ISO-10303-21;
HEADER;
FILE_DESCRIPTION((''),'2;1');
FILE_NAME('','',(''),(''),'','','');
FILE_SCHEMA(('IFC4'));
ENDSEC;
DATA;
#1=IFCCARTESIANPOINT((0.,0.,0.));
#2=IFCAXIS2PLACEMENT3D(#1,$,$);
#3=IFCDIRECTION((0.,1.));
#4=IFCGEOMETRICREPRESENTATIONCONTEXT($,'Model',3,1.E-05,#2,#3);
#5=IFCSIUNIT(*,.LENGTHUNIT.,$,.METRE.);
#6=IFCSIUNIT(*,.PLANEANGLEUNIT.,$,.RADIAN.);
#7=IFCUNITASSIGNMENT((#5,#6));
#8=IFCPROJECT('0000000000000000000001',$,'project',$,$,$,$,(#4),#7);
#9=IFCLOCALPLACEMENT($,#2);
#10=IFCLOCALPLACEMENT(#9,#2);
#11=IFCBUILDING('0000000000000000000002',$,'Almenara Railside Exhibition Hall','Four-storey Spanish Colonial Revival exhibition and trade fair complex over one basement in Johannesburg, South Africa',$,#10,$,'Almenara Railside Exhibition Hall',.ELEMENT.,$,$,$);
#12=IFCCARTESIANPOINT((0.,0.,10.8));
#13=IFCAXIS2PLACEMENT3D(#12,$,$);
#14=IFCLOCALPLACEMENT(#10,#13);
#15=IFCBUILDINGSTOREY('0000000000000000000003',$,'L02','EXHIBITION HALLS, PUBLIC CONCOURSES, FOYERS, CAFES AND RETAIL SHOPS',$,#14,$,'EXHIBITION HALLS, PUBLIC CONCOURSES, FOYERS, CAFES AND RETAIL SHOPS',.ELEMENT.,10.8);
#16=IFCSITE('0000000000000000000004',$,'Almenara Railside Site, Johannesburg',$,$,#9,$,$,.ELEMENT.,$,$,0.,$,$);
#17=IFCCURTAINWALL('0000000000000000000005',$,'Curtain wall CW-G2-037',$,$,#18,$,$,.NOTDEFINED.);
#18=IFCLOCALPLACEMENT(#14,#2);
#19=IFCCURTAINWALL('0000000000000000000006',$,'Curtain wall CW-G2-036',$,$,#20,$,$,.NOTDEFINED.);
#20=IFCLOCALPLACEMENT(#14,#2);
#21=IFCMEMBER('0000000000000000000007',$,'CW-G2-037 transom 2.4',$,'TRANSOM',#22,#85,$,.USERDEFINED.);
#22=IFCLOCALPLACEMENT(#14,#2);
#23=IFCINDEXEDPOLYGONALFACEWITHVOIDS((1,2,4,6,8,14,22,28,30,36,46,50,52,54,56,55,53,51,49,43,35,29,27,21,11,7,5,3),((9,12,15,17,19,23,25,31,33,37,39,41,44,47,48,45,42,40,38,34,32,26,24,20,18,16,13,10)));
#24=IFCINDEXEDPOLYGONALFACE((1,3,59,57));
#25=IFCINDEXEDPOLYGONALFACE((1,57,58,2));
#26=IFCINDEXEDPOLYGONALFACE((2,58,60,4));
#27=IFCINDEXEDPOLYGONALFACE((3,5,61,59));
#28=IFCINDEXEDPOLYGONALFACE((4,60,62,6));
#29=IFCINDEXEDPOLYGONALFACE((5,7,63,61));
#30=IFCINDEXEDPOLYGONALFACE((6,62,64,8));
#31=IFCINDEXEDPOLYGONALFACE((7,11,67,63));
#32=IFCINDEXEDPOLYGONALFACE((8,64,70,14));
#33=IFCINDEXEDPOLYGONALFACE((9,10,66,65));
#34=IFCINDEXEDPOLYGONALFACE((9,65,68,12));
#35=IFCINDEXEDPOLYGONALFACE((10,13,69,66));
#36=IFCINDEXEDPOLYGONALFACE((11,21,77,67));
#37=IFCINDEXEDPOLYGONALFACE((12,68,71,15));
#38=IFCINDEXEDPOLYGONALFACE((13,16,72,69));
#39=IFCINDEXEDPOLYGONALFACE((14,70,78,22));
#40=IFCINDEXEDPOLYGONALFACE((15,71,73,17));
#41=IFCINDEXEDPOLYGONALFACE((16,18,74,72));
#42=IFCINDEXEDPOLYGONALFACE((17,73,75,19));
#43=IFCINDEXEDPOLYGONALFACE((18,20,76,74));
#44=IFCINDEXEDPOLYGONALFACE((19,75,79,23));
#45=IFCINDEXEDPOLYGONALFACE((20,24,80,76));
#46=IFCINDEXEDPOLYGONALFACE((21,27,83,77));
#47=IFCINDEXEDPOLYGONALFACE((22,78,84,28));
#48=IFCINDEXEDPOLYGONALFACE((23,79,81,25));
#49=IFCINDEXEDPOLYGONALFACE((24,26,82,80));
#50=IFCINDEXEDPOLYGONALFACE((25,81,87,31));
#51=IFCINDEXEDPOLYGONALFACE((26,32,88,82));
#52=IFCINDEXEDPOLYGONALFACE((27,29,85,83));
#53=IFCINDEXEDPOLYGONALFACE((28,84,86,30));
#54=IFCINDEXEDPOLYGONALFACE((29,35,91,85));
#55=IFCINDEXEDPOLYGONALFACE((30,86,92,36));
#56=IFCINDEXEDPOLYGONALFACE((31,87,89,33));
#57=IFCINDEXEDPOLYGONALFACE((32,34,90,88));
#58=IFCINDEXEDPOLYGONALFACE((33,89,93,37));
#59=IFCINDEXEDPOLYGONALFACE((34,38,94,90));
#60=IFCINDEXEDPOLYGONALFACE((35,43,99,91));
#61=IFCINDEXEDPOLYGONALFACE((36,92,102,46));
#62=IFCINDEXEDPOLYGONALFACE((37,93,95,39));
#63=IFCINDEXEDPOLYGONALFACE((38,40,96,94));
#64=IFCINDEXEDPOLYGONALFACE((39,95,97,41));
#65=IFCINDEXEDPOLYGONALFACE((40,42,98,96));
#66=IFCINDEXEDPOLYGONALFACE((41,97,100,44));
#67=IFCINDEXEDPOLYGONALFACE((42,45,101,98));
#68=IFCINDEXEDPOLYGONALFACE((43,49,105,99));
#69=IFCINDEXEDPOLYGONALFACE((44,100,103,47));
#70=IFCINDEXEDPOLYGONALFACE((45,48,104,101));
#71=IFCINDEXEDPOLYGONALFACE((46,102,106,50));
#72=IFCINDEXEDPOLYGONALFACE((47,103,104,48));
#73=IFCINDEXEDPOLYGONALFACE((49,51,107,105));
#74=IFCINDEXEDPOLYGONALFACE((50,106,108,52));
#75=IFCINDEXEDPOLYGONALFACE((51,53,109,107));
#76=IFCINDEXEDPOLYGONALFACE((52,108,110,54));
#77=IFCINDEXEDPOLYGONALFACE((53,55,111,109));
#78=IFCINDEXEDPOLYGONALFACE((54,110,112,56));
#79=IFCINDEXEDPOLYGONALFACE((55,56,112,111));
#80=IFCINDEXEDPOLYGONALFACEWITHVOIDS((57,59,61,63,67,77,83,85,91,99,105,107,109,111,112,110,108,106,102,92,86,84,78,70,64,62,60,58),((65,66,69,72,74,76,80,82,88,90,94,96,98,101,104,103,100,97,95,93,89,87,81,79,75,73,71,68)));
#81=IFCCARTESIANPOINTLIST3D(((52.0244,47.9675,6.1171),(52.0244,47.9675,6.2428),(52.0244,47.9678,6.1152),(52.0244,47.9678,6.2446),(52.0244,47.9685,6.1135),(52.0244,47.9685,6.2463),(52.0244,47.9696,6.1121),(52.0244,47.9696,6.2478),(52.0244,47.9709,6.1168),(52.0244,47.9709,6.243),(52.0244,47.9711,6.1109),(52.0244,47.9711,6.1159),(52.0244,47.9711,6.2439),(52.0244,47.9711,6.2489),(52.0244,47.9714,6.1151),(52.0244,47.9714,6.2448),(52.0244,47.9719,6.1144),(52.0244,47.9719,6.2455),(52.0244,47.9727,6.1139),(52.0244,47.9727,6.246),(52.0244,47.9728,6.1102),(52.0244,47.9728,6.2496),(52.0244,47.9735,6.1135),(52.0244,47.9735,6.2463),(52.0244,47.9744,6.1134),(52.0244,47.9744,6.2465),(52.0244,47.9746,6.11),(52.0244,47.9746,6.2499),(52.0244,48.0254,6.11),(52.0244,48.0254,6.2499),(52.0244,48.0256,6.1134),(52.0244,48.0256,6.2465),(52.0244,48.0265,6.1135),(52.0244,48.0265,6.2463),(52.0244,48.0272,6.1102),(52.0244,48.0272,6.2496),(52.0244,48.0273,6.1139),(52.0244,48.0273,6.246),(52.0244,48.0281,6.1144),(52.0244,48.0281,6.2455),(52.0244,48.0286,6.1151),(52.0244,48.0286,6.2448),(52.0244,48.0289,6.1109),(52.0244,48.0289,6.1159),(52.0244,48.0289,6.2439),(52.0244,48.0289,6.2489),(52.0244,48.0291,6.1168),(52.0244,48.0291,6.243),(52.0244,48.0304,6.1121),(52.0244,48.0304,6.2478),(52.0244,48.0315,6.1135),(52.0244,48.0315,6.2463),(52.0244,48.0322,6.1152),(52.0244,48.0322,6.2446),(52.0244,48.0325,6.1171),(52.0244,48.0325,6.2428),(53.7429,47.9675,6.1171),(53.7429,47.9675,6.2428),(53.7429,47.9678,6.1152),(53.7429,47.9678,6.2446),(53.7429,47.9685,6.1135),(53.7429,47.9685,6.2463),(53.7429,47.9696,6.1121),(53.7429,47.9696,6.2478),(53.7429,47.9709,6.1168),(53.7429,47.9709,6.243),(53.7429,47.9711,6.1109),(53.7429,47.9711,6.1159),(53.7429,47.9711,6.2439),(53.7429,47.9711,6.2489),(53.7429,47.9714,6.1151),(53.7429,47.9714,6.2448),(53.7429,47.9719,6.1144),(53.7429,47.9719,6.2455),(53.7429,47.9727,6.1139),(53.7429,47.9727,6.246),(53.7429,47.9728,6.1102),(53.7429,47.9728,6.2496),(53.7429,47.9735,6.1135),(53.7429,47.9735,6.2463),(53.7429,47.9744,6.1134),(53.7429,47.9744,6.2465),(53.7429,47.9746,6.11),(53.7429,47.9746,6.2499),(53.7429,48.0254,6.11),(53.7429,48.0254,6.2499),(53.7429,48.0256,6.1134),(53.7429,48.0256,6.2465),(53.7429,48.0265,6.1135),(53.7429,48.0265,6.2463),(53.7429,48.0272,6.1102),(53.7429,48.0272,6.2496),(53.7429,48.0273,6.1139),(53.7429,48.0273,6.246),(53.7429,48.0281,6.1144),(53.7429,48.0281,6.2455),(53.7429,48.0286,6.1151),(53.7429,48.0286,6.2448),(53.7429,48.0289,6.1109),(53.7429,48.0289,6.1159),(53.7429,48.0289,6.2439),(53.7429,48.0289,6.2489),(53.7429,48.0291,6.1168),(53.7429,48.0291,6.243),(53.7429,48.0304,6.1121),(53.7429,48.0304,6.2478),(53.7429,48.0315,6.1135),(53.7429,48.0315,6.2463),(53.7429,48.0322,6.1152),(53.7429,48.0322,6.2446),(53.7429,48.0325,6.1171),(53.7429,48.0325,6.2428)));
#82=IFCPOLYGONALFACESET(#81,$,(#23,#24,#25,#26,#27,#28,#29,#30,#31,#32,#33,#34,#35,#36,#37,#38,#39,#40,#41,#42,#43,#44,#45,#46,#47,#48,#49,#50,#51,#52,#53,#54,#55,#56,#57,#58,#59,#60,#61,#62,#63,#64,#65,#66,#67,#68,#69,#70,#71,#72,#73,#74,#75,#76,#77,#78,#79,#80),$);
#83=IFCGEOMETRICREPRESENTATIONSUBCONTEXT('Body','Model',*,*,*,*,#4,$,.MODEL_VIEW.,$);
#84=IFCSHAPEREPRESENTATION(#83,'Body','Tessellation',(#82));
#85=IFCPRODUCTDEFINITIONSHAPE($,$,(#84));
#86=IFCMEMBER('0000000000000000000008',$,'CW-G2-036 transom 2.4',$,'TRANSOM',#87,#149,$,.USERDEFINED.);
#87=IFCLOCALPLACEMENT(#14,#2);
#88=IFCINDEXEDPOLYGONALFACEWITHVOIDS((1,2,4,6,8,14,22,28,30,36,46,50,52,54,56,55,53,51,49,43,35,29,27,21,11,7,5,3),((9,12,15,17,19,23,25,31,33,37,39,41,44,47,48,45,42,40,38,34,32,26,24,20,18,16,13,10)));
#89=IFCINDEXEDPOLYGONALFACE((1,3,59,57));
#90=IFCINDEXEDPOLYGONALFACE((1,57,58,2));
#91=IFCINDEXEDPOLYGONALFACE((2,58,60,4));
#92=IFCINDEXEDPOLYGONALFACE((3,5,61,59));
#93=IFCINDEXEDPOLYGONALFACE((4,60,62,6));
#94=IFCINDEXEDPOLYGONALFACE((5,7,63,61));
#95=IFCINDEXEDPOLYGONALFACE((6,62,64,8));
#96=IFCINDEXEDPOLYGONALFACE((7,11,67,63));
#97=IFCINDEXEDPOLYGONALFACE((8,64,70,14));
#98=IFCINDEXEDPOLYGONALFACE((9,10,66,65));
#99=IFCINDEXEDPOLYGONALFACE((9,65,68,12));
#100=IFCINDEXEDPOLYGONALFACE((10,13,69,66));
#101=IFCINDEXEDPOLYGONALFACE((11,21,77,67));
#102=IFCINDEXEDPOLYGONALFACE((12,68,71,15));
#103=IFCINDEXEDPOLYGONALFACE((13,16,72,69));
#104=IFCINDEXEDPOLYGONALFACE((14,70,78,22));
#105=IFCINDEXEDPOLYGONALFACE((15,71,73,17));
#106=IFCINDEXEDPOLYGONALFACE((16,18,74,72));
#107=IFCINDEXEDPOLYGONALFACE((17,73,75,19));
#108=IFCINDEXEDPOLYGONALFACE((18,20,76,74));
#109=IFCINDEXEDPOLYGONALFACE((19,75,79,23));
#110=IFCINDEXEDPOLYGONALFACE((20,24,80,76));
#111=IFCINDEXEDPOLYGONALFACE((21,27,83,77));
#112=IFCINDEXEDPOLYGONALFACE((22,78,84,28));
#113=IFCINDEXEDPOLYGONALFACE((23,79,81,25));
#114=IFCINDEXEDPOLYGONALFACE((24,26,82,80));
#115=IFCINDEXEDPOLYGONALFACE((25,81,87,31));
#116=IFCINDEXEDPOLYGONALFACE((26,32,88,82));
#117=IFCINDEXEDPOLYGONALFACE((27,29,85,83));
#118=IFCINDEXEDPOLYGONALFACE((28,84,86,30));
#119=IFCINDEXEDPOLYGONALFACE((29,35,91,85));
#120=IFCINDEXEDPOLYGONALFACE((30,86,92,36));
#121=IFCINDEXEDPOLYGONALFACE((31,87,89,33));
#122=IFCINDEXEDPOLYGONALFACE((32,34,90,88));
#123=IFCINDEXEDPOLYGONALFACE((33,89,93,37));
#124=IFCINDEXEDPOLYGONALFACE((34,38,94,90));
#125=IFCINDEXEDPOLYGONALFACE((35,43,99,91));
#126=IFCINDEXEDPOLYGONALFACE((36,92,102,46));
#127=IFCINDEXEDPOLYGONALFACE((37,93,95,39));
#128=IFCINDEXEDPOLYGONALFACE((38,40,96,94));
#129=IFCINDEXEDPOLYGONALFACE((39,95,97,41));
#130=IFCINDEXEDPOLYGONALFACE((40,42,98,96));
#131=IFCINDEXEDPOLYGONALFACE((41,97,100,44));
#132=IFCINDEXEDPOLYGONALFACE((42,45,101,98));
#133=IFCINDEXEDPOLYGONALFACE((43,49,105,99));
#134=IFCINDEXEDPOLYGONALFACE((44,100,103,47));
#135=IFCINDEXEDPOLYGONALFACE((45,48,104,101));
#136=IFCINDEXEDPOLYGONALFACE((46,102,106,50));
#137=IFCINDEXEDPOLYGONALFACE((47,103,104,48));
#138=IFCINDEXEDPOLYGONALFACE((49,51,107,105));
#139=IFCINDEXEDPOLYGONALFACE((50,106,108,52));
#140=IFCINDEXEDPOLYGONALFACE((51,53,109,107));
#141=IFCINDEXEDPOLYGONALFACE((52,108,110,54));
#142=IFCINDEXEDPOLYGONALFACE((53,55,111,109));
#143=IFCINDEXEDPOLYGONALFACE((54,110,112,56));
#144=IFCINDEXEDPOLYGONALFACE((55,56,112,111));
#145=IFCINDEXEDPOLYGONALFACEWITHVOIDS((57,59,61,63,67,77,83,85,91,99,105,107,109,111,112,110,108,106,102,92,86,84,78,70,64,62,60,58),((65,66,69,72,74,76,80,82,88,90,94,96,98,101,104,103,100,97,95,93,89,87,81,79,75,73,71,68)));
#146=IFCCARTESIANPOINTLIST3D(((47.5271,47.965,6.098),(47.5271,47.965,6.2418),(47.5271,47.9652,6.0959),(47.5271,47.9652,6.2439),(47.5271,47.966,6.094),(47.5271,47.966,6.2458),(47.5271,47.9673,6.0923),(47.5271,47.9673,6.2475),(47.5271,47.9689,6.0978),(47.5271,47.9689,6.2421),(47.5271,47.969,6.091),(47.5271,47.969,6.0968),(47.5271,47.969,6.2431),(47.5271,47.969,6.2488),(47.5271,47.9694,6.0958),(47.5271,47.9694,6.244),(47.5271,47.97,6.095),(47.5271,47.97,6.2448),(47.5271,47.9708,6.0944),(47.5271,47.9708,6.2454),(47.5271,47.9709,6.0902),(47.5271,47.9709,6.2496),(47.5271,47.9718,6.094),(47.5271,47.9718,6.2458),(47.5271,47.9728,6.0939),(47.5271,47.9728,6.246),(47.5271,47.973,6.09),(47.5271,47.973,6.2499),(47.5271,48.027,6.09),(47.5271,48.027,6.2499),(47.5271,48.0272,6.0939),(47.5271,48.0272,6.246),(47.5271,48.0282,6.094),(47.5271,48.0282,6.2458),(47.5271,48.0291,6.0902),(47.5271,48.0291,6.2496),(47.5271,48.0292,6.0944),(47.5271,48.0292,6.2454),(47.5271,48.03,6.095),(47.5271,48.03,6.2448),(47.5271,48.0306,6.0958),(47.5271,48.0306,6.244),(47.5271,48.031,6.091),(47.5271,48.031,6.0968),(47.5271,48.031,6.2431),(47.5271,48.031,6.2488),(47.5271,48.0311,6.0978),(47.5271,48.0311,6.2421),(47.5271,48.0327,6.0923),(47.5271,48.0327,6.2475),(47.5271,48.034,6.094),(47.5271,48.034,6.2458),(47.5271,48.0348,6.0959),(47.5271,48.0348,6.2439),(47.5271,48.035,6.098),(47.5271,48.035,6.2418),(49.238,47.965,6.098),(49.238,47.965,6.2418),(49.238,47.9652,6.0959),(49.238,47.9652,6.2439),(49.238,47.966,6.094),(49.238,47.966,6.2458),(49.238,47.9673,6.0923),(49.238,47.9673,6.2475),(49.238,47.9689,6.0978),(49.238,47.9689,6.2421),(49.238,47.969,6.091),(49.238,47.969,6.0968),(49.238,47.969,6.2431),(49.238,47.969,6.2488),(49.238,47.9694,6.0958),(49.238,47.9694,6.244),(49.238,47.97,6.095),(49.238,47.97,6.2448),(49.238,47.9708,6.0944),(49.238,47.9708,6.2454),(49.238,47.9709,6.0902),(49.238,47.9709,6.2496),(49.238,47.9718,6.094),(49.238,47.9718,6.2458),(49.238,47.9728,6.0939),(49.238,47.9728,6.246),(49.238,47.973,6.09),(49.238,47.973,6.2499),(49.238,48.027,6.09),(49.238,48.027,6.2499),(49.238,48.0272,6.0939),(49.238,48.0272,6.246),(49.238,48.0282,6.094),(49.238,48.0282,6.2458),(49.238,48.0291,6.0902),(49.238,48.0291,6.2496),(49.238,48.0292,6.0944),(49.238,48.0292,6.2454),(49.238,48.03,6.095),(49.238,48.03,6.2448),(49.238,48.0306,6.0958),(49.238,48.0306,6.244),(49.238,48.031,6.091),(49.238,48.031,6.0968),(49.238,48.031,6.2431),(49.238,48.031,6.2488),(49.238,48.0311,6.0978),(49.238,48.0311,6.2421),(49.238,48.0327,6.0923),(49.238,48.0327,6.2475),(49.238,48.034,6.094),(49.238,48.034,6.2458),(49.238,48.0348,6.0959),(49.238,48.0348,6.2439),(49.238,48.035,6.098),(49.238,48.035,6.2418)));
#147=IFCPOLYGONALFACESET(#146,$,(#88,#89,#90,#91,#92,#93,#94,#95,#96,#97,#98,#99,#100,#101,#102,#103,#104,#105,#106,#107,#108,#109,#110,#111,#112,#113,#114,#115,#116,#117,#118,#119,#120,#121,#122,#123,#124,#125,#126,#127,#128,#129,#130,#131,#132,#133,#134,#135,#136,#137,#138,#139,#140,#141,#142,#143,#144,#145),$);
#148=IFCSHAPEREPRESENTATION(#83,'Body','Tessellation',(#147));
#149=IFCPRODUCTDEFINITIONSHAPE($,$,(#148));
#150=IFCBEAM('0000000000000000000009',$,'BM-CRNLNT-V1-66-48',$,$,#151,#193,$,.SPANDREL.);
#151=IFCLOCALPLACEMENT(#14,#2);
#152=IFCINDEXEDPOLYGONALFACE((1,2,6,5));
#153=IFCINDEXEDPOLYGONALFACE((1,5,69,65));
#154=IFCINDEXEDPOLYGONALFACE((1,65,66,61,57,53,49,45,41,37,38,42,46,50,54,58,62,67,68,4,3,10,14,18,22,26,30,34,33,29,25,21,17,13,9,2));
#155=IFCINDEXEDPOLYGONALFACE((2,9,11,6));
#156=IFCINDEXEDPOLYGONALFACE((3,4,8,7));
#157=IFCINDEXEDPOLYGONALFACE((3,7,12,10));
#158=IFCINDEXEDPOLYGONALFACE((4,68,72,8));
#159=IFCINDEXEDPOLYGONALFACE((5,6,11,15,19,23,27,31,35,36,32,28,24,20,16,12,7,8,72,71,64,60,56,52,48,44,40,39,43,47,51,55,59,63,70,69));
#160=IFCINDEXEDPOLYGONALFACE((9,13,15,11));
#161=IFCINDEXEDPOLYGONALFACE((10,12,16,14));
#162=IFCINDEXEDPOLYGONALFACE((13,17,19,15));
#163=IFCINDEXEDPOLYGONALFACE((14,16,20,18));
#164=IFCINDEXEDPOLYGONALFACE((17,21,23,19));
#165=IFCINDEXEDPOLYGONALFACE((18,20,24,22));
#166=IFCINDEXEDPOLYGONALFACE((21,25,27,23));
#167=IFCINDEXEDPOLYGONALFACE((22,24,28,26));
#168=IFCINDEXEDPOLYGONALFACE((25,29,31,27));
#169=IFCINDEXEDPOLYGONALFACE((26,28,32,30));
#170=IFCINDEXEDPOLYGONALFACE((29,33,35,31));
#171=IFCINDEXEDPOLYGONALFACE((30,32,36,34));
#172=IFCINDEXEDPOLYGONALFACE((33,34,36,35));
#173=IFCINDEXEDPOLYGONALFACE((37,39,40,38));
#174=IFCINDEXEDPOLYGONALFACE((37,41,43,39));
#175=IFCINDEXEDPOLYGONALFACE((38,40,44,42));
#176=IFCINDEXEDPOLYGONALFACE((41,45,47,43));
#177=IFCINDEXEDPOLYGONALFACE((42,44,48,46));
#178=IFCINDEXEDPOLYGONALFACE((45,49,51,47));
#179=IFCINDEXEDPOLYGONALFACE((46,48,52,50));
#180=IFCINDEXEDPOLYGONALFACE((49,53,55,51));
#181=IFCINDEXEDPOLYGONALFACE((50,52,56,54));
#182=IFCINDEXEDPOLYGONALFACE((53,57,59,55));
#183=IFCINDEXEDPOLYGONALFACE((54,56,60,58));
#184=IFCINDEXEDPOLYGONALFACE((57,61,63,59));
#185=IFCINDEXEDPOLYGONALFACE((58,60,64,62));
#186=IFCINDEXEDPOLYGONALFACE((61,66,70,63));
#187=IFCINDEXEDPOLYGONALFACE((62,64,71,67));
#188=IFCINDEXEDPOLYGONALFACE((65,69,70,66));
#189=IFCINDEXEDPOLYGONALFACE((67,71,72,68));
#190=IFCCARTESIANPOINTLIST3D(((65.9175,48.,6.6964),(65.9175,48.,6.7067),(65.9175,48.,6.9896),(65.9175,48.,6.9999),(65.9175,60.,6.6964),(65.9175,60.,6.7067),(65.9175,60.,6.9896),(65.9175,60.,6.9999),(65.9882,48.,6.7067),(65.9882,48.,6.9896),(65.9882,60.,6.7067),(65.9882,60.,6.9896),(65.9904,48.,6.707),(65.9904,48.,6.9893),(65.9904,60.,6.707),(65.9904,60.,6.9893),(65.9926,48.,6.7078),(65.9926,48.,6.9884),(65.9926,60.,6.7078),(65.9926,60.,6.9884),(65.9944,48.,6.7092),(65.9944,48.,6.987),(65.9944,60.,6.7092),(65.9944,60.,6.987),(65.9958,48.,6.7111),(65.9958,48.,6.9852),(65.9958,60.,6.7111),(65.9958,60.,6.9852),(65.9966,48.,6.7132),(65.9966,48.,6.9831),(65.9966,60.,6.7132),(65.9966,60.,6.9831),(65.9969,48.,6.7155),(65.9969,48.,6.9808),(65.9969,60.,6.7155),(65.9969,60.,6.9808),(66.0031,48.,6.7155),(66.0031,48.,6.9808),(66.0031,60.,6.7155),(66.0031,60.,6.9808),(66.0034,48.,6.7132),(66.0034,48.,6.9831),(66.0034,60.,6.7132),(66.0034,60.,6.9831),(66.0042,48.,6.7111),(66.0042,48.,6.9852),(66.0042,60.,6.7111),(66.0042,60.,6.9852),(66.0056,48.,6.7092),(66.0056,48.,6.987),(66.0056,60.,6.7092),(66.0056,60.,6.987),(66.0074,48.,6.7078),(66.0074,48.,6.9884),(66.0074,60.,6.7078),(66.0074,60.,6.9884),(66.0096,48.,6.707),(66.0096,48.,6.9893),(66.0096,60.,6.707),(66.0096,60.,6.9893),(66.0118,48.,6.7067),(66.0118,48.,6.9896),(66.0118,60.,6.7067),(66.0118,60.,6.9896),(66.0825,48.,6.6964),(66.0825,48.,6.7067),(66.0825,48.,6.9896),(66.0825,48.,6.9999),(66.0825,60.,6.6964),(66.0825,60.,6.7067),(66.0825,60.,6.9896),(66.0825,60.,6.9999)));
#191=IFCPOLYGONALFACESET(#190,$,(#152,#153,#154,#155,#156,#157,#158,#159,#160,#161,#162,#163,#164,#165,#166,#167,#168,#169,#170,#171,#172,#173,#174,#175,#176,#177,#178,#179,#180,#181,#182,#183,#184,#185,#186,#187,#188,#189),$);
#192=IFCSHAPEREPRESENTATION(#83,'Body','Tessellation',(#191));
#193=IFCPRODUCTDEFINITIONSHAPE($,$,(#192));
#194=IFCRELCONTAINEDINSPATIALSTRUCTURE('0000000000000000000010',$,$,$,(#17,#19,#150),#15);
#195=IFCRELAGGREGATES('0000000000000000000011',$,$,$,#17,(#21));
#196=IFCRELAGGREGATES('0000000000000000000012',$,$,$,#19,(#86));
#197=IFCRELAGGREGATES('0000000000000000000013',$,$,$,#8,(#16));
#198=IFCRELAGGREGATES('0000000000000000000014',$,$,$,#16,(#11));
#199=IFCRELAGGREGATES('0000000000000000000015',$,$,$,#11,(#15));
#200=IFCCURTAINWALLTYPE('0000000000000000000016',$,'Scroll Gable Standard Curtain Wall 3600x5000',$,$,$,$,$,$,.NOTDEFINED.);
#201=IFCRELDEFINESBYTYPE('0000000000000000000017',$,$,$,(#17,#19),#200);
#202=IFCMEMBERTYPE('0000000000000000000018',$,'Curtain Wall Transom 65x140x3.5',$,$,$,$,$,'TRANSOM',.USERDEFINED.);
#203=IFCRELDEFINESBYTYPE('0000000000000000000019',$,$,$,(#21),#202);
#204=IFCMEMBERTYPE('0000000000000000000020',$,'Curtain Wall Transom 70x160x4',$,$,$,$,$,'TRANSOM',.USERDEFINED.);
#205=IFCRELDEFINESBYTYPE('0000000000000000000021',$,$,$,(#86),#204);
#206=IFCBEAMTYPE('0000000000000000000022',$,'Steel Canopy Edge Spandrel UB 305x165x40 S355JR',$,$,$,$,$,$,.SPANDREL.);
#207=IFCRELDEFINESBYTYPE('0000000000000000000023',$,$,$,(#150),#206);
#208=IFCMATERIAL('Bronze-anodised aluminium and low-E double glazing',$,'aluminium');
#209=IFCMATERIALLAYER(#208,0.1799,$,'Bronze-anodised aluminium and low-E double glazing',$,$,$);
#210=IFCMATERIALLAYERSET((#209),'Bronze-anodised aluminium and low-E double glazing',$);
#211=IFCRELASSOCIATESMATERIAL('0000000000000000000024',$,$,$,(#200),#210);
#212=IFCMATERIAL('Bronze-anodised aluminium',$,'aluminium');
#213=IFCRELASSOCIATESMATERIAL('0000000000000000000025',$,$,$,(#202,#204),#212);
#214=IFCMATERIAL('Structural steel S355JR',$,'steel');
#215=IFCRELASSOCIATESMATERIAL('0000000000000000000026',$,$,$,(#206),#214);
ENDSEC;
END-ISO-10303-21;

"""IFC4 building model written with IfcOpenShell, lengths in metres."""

from ifc_helpers import new_model, si_unit, direction, frame, origin, origin_2d, place, context, subcontext, project, spatial, hollow_rectangle, i_section, extrude, material, layer, layer_set, material_profile, profile_set, type_object, element, aggregate, save


model = new_model("IFC4")

# Units and contexts
model_context = context("Model", 3, precision=1e-05, world=origin(), true_north=direction((0.0, 1.0)))
body_context = subcontext(model_context, "Body", "Model", "MODEL_VIEW")
ifc_project = project(units=[si_unit("LENGTHUNIT", "METRE"), si_unit("PLANEANGLEUNIT", "RADIAN")], contexts=[model_context])

# Site, building, storey
site_placement = place(None, origin())
site = spatial("IfcSite", under=ifc_project, at=site_placement, Name="Almenara Railside Site, Johannesburg", CompositionType="ELEMENT", RefElevation=0.0)
building_placement = place(site_placement, origin())
building = spatial("IfcBuilding", under=site, at=building_placement, Name="Almenara Railside Exhibition Hall", Description="Four-storey Spanish Colonial Revival exhibition and trade fair complex over one basement in Johannesburg, South Africa", LongName="Almenara Railside Exhibition Hall", CompositionType="ELEMENT")
storey_placement = place(building_placement, frame((0.0, 0.0, 10.8)))
storey = spatial("IfcBuildingStorey", under=building, at=storey_placement, Name="L02", Description="EXHIBITION HALLS, PUBLIC CONCOURSES, FOYERS, CAFES AND RETAIL SHOPS", LongName="EXHIBITION HALLS, PUBLIC CONCOURSES, FOYERS, CAFES AND RETAIL SHOPS", CompositionType="ELEMENT", Elevation=10.8)

# Shared definitions
ifc_material_1 = material(Name="Structural steel S355JR", Category="steel")

# Curtain wall
ifc_material_2 = material(Name="Bronze-anodised aluminium and low-E double glazing", Category="aluminium")
ifc_layer_1 = layer(ifc_material_2, 0.1799, Name="Bronze-anodised aluminium and low-E double glazing")
ifc_layer_set_1 = layer_set([ifc_layer_1], Name="Bronze-anodised aluminium and low-E double glazing")
curtain_wall_type_1 = type_object("IfcCurtainWallType", Name="Scroll Gable Standard Curtain Wall 3600x5000", PredefinedType="NOTDEFINED", material=ifc_layer_set_1)
curtain_wall_1_placement = place(storey_placement, origin())
curtain_wall_1 = element("IfcCurtainWall", 1, at=curtain_wall_1_placement, inside=storey, type_object=curtain_wall_type_1, Name="Curtain wall CW-G2-037", PredefinedType="NOTDEFINED")
ifc_material_3 = material(Name="Bronze-anodised aluminium", Category="aluminium")

# Curtain wall
curtain_wall_2_placement = place(storey_placement, origin())
curtain_wall_2 = element("IfcCurtainWall", 2, at=curtain_wall_2_placement, inside=storey, type_object=curtain_wall_type_1, Name="Curtain wall CW-G2-036", PredefinedType="NOTDEFINED")

# Members
ifc_material_profile_1 = material_profile(ifc_material_3, hollow_rectangle(XDim=0.0649, YDim=0.1399, WallThickness=0.0034, InnerFilletRadius=0.0034, OuterFilletRadius=0.0071, at=origin_2d()), Name="ALU-TRN 65x140x3.5")
ifc_profile_set_1 = profile_set([ifc_material_profile_1], Name="Bronze-anodised aluminium")
member_type_1 = type_object("IfcMemberType", Name="Curtain Wall Transom 65x140x3.5", ElementType="TRANSOM", PredefinedType="USERDEFINED", material=ifc_profile_set_1)
member_1_placement = place(storey_placement, frame((52.0244, 48.0, 6.1799), z_axis=(1.0, 0.0, 0.0), x_axis=(0.0, 1.0, 0.0)))
member_1 = element("IfcMember", 3, at=member_1_placement, type_object=member_type_1, Name="CW-G2-037 transom 2.4", ObjectType="TRANSOM", PredefinedType="USERDEFINED", context=body_context, shape_type="SweptSolid", body=[
    extrude(hollow_rectangle(XDim=0.0649, YDim=0.1399, WallThickness=0.0034, InnerFilletRadius=0.0034, OuterFilletRadius=0.0071, at=origin_2d()), origin(), (0.0, 0.0, 1.0), 1.7185),
])
ifc_material_profile_2 = material_profile(ifc_material_3, hollow_rectangle(XDim=0.0701, YDim=0.1599, WallThickness=0.0039, InnerFilletRadius=0.0039, OuterFilletRadius=0.0081, at=origin_2d()), Name="ALU-TRN 70x160x4")
ifc_profile_set_2 = profile_set([ifc_material_profile_2], Name="Bronze-anodised aluminium")
member_type_2 = type_object("IfcMemberType", Name="Curtain Wall Transom 70x160x4", ElementType="TRANSOM", PredefinedType="USERDEFINED", material=ifc_profile_set_2)
member_2_placement = place(storey_placement, frame((47.5271, 48.0, 6.1699), z_axis=(1.0, 0.0, 0.0), x_axis=(0.0, 1.0, 0.0)))
member_2 = element("IfcMember", 4, at=member_2_placement, type_object=member_type_2, Name="CW-G2-036 transom 2.4", ObjectType="TRANSOM", PredefinedType="USERDEFINED", context=body_context, shape_type="SweptSolid", body=[
    extrude(hollow_rectangle(XDim=0.0701, YDim=0.1599, WallThickness=0.0039, InnerFilletRadius=0.0039, OuterFilletRadius=0.0081, at=origin_2d()), origin(), (0.0, 0.0, 1.0), 1.7109),
])

# Beam
ifc_material_profile_3 = material_profile(ifc_material_1, i_section(OverallWidth=0.165, OverallDepth=0.3035, WebThickness=0.0061, FlangeThickness=0.0103, FilletRadius=0.0088, at=origin_2d()), Name="UB 305x165x40")
ifc_profile_set_3 = profile_set([ifc_material_profile_3], Name="Structural steel S355JR")
beam_type_1 = type_object("IfcBeamType", Name="Steel Canopy Edge Spandrel UB 305x165x40 S355JR", PredefinedType="SPANDREL", material=ifc_profile_set_3)
for number, where, z_axis, x_axis, name in (
    (5, (66.0, 48.0, 6.8481), (0.0, 1.0, 0.0), (-1.0, 0.0, 0.0), "BM-CRNLNT-V1-66-48"),
):
    element("IfcBeam", number, at=place(storey_placement, frame(where, z_axis=z_axis, x_axis=x_axis)), inside=storey, type_object=beam_type_1, Name=name, PredefinedType="SPANDREL", context=body_context, shape_type="SweptSolid", body=[
        extrude(i_section(OverallWidth=0.165, OverallDepth=0.3035, WebThickness=0.0061, FlangeThickness=0.0103, FilletRadius=0.0088, at=origin_2d()), origin(), (0.0, 0.0, 1.0), 12.0),
    ])

aggregate(curtain_wall_1, [member_1])
aggregate(curtain_wall_2, [member_2])

save(model, "model.ifc")
